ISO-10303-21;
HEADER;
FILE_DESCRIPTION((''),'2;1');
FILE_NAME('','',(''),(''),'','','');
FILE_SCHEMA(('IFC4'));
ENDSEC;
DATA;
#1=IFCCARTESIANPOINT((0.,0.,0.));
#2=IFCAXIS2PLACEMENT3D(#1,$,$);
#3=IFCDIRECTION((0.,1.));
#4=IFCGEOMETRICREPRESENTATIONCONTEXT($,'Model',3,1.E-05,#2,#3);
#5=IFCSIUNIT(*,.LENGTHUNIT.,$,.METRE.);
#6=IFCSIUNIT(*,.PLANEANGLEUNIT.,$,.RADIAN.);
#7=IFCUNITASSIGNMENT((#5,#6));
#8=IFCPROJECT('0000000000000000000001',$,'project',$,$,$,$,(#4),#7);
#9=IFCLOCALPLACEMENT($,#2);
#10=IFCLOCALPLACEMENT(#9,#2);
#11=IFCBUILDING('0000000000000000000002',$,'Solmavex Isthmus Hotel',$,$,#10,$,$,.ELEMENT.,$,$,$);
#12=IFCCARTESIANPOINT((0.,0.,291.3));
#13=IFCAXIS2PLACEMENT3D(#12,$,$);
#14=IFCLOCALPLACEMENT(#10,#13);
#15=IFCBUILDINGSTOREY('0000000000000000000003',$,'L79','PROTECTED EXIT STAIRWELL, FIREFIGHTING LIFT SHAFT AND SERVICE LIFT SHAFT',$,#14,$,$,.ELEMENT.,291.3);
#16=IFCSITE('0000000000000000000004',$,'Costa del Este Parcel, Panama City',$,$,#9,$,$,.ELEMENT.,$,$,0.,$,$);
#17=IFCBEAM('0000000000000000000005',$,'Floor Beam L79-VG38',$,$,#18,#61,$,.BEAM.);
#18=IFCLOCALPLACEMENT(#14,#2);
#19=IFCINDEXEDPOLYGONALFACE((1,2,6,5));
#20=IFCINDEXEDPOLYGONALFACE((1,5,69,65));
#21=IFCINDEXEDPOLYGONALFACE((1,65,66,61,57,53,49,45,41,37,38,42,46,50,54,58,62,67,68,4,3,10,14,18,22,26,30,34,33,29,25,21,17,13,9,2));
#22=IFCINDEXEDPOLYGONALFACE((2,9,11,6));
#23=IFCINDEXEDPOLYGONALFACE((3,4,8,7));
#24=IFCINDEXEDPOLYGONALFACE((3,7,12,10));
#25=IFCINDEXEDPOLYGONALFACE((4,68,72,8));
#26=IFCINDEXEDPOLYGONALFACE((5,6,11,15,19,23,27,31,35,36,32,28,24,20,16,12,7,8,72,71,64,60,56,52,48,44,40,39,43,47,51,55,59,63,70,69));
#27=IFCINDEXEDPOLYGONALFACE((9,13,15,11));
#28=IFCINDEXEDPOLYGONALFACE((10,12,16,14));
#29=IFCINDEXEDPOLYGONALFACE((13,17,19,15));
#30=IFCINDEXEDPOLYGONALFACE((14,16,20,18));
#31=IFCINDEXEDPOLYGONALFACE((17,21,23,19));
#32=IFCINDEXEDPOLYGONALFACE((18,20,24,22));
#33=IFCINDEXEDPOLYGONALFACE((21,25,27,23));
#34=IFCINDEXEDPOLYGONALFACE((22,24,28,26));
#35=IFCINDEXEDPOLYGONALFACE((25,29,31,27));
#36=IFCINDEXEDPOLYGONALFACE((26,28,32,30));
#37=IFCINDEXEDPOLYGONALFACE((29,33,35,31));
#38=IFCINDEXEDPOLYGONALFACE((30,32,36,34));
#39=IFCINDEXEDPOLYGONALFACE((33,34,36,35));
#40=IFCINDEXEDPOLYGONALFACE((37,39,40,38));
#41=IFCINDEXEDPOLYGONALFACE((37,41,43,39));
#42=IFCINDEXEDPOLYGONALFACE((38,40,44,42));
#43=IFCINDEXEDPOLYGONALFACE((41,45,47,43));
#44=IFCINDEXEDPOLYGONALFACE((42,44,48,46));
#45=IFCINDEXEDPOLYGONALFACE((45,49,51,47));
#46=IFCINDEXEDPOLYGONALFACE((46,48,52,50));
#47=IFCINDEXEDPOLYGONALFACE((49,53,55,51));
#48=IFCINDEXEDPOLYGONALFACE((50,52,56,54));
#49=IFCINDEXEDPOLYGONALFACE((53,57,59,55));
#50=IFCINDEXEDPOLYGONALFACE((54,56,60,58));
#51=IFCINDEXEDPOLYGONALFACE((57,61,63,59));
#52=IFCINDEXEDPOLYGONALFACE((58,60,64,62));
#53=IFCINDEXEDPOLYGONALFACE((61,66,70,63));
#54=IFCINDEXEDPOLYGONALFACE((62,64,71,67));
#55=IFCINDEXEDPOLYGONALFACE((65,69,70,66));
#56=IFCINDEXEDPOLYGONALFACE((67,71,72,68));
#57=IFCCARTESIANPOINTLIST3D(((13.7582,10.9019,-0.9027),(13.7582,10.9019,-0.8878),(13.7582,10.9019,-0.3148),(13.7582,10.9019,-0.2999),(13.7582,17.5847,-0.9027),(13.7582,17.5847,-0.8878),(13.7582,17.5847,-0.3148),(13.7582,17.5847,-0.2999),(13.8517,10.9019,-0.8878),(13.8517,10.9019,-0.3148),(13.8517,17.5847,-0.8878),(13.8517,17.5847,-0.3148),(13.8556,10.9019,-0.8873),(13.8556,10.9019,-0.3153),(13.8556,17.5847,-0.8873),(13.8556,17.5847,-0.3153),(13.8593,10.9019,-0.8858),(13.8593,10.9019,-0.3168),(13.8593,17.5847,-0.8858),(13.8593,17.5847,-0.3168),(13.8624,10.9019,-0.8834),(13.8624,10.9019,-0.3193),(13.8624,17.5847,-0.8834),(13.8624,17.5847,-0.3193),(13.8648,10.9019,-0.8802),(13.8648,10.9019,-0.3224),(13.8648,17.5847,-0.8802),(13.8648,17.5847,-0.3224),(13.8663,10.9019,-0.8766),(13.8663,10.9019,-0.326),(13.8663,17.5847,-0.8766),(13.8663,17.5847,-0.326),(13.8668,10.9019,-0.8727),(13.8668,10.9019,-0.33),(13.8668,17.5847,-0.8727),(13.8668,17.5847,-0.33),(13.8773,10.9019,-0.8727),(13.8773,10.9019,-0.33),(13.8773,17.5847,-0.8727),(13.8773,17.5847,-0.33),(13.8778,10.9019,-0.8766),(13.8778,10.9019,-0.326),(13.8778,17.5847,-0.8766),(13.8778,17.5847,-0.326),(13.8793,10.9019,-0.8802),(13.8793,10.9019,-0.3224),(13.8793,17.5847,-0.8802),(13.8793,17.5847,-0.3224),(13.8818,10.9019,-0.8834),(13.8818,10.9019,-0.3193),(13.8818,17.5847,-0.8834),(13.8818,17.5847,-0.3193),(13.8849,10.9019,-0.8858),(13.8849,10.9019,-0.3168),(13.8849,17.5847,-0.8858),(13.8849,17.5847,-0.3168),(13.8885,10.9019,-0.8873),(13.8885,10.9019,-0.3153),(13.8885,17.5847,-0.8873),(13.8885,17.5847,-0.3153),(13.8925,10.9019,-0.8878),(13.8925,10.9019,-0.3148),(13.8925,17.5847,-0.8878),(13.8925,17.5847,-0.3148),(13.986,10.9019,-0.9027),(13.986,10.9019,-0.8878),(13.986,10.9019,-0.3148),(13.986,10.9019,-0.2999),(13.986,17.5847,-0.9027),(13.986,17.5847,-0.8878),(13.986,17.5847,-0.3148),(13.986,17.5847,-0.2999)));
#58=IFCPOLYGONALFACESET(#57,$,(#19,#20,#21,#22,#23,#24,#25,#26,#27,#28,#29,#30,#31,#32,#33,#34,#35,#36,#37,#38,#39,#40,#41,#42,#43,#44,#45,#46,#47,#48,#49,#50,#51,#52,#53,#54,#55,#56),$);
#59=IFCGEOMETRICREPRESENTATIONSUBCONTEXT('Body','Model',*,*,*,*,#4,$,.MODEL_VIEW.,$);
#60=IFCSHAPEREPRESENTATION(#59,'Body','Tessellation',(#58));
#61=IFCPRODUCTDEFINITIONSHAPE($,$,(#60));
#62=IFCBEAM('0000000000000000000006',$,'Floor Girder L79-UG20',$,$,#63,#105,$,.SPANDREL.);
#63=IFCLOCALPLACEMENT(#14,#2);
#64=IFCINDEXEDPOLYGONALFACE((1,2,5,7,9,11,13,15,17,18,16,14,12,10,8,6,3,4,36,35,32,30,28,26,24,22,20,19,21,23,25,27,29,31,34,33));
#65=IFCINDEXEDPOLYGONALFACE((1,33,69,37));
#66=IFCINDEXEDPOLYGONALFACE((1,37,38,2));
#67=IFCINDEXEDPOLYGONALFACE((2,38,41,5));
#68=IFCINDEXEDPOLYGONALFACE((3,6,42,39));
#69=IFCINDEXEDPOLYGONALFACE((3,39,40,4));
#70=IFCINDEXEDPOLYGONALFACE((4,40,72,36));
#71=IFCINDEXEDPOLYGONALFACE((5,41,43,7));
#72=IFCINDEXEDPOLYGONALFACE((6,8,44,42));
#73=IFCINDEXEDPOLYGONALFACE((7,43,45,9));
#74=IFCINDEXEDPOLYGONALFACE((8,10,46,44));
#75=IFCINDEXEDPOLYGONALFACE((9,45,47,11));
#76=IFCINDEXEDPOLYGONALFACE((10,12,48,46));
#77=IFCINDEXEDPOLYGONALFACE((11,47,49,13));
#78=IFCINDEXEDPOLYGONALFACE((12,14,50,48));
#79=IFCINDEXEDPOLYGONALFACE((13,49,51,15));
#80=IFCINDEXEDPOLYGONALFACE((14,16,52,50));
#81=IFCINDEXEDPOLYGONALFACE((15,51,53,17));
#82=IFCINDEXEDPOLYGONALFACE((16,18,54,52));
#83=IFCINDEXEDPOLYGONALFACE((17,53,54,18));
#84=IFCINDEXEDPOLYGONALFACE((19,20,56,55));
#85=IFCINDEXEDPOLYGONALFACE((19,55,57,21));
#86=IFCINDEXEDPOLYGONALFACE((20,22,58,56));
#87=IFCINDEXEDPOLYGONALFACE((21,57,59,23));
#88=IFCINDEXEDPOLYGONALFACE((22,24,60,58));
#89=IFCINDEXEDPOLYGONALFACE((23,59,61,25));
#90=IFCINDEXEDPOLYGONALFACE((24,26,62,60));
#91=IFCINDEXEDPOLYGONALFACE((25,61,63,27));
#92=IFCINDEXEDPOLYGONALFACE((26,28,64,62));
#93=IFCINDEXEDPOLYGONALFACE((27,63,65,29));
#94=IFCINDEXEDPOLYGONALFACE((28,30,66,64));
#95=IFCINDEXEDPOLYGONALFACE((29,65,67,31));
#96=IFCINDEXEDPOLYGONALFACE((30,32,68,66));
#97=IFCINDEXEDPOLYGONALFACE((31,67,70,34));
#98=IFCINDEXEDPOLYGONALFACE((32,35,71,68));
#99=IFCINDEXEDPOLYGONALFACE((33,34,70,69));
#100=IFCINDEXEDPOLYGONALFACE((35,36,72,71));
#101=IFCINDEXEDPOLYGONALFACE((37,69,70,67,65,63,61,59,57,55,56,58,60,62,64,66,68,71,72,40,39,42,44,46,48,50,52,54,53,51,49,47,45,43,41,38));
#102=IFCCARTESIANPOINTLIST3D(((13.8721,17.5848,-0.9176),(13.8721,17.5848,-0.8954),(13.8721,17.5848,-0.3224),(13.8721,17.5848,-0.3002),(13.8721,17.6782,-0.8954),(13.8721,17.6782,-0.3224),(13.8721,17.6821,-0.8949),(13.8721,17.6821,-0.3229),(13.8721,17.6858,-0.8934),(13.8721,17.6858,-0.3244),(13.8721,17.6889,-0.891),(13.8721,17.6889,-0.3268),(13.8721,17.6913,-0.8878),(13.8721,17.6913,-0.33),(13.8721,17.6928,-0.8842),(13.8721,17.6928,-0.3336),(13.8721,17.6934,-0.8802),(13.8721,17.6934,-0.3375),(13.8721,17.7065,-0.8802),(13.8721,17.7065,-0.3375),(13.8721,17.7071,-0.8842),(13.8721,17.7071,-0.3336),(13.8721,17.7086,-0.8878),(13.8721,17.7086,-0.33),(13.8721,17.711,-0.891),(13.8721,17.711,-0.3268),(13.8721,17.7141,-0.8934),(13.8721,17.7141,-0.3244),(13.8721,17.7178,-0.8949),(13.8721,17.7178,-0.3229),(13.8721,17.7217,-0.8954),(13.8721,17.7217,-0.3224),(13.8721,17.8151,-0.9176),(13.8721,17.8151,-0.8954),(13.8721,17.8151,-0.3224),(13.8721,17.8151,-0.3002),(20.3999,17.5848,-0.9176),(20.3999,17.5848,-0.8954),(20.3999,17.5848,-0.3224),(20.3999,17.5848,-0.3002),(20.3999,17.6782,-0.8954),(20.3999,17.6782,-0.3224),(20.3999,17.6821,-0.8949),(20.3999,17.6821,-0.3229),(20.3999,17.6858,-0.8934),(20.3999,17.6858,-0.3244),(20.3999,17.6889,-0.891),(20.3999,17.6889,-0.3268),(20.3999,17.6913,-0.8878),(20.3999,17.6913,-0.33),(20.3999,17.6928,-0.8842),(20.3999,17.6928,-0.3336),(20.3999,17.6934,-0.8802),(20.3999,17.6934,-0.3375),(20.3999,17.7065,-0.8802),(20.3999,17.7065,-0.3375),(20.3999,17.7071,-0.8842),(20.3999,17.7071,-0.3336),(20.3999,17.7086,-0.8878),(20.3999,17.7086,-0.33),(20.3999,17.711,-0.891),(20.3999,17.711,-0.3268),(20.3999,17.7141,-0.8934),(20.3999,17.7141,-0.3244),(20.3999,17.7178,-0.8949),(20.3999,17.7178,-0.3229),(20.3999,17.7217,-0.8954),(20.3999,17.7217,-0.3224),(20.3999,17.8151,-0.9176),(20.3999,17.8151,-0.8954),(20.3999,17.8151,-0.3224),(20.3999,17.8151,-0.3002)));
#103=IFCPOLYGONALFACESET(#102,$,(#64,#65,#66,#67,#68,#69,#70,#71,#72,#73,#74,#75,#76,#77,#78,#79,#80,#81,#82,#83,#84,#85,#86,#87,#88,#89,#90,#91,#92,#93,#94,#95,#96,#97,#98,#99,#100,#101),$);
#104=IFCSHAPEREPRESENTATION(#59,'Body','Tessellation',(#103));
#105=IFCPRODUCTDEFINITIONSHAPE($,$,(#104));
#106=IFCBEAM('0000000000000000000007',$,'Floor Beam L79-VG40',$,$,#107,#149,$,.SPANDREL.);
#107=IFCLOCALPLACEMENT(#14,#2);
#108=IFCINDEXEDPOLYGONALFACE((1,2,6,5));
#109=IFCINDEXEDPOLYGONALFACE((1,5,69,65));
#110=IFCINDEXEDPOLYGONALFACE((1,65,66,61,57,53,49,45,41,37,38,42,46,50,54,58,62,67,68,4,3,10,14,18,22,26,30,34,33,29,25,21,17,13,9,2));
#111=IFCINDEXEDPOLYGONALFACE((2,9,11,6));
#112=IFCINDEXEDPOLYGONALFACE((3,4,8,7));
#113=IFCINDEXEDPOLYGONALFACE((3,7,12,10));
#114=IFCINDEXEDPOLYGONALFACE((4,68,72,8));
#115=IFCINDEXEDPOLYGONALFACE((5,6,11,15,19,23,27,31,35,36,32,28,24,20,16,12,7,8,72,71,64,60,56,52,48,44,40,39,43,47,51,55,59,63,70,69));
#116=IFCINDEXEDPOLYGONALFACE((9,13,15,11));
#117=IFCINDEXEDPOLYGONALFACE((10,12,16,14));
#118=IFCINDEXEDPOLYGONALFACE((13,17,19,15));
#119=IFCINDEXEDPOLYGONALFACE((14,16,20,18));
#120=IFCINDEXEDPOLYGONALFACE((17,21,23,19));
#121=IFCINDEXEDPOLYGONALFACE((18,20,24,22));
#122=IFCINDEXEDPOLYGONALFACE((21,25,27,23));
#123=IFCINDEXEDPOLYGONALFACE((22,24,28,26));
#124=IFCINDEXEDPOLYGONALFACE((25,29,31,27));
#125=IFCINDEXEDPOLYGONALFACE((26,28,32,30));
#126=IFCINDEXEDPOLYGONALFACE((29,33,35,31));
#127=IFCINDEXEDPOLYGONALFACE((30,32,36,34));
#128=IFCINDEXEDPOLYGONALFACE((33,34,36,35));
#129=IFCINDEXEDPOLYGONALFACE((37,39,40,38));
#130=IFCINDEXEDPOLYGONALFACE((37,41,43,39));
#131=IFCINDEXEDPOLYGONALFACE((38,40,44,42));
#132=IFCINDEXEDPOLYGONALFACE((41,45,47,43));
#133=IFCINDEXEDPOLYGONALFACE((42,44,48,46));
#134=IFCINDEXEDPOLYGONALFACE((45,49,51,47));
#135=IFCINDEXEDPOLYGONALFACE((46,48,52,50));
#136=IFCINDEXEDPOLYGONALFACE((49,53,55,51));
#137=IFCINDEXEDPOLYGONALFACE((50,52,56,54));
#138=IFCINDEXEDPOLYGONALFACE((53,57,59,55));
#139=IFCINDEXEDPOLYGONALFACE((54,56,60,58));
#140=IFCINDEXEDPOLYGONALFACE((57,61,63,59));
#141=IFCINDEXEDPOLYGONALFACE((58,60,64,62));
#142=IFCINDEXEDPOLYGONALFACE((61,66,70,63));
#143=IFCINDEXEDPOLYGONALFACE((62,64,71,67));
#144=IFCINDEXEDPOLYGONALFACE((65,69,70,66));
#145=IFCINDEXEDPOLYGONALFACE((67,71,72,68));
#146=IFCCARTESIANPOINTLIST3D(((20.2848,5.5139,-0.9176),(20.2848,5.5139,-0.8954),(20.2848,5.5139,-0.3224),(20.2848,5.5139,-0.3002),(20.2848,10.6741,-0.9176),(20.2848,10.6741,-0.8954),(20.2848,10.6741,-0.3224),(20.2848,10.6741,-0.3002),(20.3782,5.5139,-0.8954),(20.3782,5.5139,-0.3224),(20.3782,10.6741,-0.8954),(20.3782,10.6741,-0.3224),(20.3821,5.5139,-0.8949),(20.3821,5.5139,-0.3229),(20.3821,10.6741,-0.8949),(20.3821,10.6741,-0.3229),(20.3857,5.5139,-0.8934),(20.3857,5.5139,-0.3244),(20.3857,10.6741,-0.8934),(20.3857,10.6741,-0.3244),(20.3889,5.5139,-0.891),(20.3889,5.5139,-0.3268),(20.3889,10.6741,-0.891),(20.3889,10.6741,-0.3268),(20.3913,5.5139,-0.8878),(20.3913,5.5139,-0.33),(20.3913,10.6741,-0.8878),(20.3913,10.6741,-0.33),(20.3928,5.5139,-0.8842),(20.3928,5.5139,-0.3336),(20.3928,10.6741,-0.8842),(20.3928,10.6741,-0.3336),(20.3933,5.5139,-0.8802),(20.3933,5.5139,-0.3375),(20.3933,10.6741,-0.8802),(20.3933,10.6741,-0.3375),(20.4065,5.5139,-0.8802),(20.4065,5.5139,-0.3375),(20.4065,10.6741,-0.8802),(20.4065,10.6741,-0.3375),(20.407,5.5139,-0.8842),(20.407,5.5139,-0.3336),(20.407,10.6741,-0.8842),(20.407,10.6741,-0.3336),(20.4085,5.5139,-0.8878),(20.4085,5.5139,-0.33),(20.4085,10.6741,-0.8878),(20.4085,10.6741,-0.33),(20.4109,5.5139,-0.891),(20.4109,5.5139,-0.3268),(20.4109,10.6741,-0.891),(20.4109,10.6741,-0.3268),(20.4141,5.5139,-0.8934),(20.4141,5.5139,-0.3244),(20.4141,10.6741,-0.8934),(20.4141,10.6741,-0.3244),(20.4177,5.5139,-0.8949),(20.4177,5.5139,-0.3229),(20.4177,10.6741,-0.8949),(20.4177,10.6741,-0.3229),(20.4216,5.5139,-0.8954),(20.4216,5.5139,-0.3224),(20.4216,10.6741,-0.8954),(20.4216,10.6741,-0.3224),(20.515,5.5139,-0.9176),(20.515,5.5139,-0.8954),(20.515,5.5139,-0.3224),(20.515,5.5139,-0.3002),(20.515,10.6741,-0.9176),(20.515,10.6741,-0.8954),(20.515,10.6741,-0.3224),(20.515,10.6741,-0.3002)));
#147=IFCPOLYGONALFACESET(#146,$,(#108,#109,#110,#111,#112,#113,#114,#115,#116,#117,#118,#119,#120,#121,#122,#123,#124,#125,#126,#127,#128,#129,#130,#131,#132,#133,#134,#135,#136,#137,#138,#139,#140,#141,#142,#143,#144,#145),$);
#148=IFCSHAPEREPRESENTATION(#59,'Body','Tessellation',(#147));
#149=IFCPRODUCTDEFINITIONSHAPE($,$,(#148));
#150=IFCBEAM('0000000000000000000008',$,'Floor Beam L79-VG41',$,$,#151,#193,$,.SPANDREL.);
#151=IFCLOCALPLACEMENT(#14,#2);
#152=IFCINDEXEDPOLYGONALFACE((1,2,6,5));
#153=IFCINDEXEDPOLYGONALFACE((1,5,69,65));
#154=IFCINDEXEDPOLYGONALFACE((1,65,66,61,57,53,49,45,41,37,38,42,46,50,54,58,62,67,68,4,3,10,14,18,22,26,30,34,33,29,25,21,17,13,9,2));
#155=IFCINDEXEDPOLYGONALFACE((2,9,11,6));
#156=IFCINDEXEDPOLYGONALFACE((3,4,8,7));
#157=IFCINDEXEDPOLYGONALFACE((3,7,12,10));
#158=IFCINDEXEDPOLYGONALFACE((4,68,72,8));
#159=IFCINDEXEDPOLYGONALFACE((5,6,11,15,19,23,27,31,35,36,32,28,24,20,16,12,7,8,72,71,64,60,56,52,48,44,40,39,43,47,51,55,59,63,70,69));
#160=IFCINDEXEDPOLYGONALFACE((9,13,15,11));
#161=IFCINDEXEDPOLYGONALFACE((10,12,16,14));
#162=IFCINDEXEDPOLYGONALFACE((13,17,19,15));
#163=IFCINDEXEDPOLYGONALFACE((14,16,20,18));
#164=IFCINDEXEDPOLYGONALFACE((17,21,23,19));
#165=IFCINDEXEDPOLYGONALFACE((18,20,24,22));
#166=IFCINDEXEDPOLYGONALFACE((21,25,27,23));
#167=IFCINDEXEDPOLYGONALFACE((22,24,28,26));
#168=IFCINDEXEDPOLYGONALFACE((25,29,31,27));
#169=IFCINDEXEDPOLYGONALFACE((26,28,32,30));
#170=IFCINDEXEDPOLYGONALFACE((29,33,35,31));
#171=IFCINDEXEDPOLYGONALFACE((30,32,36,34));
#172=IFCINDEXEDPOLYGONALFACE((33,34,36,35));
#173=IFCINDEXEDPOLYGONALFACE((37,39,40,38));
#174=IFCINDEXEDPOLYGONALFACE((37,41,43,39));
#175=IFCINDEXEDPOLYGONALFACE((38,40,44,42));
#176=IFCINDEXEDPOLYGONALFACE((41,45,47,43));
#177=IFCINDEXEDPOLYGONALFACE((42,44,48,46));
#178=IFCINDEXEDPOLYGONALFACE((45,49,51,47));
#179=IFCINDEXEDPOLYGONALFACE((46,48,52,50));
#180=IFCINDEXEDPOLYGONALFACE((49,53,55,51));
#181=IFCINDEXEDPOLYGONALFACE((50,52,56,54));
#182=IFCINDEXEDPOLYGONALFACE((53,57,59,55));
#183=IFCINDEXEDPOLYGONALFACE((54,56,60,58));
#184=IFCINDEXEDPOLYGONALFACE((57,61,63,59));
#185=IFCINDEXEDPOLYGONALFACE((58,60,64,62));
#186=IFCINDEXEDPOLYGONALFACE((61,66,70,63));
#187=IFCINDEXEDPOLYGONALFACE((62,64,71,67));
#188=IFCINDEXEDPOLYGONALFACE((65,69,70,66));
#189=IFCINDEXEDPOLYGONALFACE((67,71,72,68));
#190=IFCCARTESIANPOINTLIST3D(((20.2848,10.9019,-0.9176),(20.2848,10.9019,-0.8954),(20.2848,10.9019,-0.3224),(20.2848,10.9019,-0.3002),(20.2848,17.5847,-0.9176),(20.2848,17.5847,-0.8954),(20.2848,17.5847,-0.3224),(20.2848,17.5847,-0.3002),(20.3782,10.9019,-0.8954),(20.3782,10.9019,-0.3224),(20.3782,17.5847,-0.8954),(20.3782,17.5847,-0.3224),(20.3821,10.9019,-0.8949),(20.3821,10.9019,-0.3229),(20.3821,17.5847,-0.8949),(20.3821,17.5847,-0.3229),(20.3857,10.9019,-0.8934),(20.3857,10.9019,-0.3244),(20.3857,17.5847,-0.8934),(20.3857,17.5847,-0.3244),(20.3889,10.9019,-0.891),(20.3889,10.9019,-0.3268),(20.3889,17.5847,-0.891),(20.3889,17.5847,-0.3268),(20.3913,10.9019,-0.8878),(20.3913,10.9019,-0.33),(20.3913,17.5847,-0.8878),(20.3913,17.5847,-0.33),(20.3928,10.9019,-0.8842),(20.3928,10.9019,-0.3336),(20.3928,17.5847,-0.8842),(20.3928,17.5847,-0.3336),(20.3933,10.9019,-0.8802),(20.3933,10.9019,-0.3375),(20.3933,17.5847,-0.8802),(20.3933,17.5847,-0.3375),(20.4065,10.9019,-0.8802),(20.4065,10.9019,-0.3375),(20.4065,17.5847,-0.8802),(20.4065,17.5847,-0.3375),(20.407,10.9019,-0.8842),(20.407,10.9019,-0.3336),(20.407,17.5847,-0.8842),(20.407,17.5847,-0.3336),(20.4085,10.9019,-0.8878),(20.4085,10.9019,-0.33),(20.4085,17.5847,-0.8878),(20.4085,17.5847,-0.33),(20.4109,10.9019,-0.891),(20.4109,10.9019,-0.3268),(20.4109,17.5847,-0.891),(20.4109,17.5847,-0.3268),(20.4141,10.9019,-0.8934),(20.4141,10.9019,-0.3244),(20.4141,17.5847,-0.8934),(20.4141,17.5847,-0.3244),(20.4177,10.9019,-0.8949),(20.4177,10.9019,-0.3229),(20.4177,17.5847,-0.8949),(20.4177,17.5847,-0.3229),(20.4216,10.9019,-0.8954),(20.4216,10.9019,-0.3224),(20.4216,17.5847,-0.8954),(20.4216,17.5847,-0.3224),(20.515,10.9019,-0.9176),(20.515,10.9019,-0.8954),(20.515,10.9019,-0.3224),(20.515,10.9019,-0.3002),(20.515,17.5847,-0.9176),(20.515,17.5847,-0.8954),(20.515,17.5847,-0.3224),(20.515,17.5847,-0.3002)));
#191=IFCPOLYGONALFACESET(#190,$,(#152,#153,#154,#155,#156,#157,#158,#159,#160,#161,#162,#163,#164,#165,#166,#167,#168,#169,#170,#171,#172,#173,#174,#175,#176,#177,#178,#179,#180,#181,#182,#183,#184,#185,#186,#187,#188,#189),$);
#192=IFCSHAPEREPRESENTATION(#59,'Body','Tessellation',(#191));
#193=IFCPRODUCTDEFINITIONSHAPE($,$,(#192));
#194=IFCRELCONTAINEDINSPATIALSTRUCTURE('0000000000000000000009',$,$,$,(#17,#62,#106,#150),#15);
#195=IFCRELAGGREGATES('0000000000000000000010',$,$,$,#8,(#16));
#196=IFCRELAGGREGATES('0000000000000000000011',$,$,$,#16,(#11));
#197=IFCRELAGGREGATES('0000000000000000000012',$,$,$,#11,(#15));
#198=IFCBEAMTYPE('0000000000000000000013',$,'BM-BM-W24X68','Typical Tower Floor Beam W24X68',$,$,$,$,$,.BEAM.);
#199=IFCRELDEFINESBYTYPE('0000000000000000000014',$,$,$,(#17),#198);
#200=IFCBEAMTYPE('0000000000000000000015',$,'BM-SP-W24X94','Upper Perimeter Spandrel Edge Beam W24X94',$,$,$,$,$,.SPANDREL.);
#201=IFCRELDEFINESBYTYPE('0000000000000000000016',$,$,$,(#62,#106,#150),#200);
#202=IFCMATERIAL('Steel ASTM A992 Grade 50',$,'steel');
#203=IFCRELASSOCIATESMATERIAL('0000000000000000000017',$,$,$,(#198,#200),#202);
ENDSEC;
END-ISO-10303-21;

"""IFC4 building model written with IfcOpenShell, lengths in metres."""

from ifc_helpers import new_model, si_unit, direction, frame, origin, origin_2d, place, context, subcontext, project, spatial, i_section, extrude, material, material_profile, profile_set, type_object, element, save


model = new_model("IFC4")

# Units and contexts
model_context = context("Model", 3, precision=1e-05, world=origin(), true_north=direction((0.0, 1.0)))
body_context = subcontext(model_context, "Body", "Model", "MODEL_VIEW")
ifc_project = project(units=[si_unit("LENGTHUNIT", "METRE"), si_unit("PLANEANGLEUNIT", "RADIAN")], contexts=[model_context])

# Site, building, storey
site_placement = place(None, origin())
site = spatial("IfcSite", under=ifc_project, at=site_placement, Name="Costa del Este Parcel, Panama City", CompositionType="ELEMENT", RefElevation=0.0)
building_placement = place(site_placement, origin())
building = spatial("IfcBuilding", under=site, at=building_placement, Name="Solmavex Isthmus Hotel", CompositionType="ELEMENT")
storey_placement = place(building_placement, frame((0.0, 0.0, 291.3)))
storey = spatial("IfcBuildingStorey", under=building, at=storey_placement, Name="L79", Description="PROTECTED EXIT STAIRWELL, FIREFIGHTING LIFT SHAFT AND SERVICE LIFT SHAFT", CompositionType="ELEMENT", Elevation=291.3)

# Beams
ifc_material_1 = material(Name="Steel ASTM A992 Grade 50", Category="steel")
ifc_material_profile_1 = material_profile(ifc_material_1, i_section(OverallWidth=0.2278, OverallDepth=0.6028, WebThickness=0.0105, FlangeThickness=0.0149, FilletRadius=0.0151, at=origin_2d()), Name="W24X68")
ifc_profile_set_1 = profile_set([ifc_material_profile_1], Name="Steel ASTM A992 Grade 50")
beam_type_1 = type_object("IfcBeamType", Name="BM-BM-W24X68", Description="Typical Tower Floor Beam W24X68", PredefinedType="BEAM", material=ifc_profile_set_1)
beam_1_placement = place(storey_placement, frame((13.8721, 10.9019, -0.6013), z_axis=(0.0, 1.0, 0.0), x_axis=(-1.0, 0.0, 0.0)))
element("IfcBeam", 1, at=beam_1_placement, inside=storey, type_object=beam_type_1, Name="Floor Beam L79-VG38", PredefinedType="BEAM", context=body_context, shape_type="SweptSolid", body=[
    extrude(i_section(OverallWidth=0.2278, OverallDepth=0.6028, WebThickness=0.0105, FlangeThickness=0.0149, FilletRadius=0.0151, at=origin_2d()), origin(), (0.0, 0.0, 1.0), 6.6829),
])
ifc_material_profile_2 = material_profile(ifc_material_1, i_section(OverallWidth=0.2302, OverallDepth=0.6174, WebThickness=0.0132, FlangeThickness=0.0222, FilletRadius=0.0151, at=origin_2d()), Name="W24X94")
ifc_profile_set_2 = profile_set([ifc_material_profile_2], Name="Steel ASTM A992 Grade 50")
beam_type_2 = type_object("IfcBeamType", Name="BM-SP-W24X94", Description="Upper Perimeter Spandrel Edge Beam W24X94", PredefinedType="SPANDREL", material=ifc_profile_set_2)
beam_2_placement = place(storey_placement, frame((13.8721, 17.7, -0.6089), z_axis=(1.0, 0.0, 0.0), x_axis=(0.0, 1.0, 0.0)))
element("IfcBeam", 2, at=beam_2_placement, inside=storey, type_object=beam_type_2, Name="Floor Girder L79-UG20", PredefinedType="SPANDREL", context=body_context, shape_type="SweptSolid", body=[
    extrude(i_section(OverallWidth=0.2302, OverallDepth=0.6174, WebThickness=0.0132, FlangeThickness=0.0222, FilletRadius=0.0151, at=origin_2d()), origin(), (0.0, 0.0, 1.0), 6.5278),
])
beam_3_placement = place(storey_placement, frame((20.3999, 5.5139, -0.6089), z_axis=(0.0, 1.0, 0.0), x_axis=(-1.0, 0.0, 0.0)))
element("IfcBeam", 3, at=beam_3_placement, inside=storey, type_object=beam_type_2, Name="Floor Beam L79-VG40", PredefinedType="SPANDREL", context=body_context, shape_type="SweptSolid", body=[
    extrude(i_section(OverallWidth=0.2302, OverallDepth=0.6174, WebThickness=0.0132, FlangeThickness=0.0222, FilletRadius=0.0151, at=origin_2d()), origin(), (0.0, 0.0, 1.0), 5.1602),
])
beam_4_placement = place(storey_placement, frame((20.3999, 10.9019, -0.6089), z_axis=(0.0, 1.0, 0.0), x_axis=(-1.0, 0.0, 0.0)))
element("IfcBeam", 4, at=beam_4_placement, inside=storey, type_object=beam_type_2, Name="Floor Beam L79-VG41", PredefinedType="SPANDREL", context=body_context, shape_type="SweptSolid", body=[
    extrude(i_section(OverallWidth=0.2302, OverallDepth=0.6174, WebThickness=0.0132, FlangeThickness=0.0222, FilletRadius=0.0151, at=origin_2d()), origin(), (0.0, 0.0, 1.0), 6.6829),
])

save(model, "model.ifc")
